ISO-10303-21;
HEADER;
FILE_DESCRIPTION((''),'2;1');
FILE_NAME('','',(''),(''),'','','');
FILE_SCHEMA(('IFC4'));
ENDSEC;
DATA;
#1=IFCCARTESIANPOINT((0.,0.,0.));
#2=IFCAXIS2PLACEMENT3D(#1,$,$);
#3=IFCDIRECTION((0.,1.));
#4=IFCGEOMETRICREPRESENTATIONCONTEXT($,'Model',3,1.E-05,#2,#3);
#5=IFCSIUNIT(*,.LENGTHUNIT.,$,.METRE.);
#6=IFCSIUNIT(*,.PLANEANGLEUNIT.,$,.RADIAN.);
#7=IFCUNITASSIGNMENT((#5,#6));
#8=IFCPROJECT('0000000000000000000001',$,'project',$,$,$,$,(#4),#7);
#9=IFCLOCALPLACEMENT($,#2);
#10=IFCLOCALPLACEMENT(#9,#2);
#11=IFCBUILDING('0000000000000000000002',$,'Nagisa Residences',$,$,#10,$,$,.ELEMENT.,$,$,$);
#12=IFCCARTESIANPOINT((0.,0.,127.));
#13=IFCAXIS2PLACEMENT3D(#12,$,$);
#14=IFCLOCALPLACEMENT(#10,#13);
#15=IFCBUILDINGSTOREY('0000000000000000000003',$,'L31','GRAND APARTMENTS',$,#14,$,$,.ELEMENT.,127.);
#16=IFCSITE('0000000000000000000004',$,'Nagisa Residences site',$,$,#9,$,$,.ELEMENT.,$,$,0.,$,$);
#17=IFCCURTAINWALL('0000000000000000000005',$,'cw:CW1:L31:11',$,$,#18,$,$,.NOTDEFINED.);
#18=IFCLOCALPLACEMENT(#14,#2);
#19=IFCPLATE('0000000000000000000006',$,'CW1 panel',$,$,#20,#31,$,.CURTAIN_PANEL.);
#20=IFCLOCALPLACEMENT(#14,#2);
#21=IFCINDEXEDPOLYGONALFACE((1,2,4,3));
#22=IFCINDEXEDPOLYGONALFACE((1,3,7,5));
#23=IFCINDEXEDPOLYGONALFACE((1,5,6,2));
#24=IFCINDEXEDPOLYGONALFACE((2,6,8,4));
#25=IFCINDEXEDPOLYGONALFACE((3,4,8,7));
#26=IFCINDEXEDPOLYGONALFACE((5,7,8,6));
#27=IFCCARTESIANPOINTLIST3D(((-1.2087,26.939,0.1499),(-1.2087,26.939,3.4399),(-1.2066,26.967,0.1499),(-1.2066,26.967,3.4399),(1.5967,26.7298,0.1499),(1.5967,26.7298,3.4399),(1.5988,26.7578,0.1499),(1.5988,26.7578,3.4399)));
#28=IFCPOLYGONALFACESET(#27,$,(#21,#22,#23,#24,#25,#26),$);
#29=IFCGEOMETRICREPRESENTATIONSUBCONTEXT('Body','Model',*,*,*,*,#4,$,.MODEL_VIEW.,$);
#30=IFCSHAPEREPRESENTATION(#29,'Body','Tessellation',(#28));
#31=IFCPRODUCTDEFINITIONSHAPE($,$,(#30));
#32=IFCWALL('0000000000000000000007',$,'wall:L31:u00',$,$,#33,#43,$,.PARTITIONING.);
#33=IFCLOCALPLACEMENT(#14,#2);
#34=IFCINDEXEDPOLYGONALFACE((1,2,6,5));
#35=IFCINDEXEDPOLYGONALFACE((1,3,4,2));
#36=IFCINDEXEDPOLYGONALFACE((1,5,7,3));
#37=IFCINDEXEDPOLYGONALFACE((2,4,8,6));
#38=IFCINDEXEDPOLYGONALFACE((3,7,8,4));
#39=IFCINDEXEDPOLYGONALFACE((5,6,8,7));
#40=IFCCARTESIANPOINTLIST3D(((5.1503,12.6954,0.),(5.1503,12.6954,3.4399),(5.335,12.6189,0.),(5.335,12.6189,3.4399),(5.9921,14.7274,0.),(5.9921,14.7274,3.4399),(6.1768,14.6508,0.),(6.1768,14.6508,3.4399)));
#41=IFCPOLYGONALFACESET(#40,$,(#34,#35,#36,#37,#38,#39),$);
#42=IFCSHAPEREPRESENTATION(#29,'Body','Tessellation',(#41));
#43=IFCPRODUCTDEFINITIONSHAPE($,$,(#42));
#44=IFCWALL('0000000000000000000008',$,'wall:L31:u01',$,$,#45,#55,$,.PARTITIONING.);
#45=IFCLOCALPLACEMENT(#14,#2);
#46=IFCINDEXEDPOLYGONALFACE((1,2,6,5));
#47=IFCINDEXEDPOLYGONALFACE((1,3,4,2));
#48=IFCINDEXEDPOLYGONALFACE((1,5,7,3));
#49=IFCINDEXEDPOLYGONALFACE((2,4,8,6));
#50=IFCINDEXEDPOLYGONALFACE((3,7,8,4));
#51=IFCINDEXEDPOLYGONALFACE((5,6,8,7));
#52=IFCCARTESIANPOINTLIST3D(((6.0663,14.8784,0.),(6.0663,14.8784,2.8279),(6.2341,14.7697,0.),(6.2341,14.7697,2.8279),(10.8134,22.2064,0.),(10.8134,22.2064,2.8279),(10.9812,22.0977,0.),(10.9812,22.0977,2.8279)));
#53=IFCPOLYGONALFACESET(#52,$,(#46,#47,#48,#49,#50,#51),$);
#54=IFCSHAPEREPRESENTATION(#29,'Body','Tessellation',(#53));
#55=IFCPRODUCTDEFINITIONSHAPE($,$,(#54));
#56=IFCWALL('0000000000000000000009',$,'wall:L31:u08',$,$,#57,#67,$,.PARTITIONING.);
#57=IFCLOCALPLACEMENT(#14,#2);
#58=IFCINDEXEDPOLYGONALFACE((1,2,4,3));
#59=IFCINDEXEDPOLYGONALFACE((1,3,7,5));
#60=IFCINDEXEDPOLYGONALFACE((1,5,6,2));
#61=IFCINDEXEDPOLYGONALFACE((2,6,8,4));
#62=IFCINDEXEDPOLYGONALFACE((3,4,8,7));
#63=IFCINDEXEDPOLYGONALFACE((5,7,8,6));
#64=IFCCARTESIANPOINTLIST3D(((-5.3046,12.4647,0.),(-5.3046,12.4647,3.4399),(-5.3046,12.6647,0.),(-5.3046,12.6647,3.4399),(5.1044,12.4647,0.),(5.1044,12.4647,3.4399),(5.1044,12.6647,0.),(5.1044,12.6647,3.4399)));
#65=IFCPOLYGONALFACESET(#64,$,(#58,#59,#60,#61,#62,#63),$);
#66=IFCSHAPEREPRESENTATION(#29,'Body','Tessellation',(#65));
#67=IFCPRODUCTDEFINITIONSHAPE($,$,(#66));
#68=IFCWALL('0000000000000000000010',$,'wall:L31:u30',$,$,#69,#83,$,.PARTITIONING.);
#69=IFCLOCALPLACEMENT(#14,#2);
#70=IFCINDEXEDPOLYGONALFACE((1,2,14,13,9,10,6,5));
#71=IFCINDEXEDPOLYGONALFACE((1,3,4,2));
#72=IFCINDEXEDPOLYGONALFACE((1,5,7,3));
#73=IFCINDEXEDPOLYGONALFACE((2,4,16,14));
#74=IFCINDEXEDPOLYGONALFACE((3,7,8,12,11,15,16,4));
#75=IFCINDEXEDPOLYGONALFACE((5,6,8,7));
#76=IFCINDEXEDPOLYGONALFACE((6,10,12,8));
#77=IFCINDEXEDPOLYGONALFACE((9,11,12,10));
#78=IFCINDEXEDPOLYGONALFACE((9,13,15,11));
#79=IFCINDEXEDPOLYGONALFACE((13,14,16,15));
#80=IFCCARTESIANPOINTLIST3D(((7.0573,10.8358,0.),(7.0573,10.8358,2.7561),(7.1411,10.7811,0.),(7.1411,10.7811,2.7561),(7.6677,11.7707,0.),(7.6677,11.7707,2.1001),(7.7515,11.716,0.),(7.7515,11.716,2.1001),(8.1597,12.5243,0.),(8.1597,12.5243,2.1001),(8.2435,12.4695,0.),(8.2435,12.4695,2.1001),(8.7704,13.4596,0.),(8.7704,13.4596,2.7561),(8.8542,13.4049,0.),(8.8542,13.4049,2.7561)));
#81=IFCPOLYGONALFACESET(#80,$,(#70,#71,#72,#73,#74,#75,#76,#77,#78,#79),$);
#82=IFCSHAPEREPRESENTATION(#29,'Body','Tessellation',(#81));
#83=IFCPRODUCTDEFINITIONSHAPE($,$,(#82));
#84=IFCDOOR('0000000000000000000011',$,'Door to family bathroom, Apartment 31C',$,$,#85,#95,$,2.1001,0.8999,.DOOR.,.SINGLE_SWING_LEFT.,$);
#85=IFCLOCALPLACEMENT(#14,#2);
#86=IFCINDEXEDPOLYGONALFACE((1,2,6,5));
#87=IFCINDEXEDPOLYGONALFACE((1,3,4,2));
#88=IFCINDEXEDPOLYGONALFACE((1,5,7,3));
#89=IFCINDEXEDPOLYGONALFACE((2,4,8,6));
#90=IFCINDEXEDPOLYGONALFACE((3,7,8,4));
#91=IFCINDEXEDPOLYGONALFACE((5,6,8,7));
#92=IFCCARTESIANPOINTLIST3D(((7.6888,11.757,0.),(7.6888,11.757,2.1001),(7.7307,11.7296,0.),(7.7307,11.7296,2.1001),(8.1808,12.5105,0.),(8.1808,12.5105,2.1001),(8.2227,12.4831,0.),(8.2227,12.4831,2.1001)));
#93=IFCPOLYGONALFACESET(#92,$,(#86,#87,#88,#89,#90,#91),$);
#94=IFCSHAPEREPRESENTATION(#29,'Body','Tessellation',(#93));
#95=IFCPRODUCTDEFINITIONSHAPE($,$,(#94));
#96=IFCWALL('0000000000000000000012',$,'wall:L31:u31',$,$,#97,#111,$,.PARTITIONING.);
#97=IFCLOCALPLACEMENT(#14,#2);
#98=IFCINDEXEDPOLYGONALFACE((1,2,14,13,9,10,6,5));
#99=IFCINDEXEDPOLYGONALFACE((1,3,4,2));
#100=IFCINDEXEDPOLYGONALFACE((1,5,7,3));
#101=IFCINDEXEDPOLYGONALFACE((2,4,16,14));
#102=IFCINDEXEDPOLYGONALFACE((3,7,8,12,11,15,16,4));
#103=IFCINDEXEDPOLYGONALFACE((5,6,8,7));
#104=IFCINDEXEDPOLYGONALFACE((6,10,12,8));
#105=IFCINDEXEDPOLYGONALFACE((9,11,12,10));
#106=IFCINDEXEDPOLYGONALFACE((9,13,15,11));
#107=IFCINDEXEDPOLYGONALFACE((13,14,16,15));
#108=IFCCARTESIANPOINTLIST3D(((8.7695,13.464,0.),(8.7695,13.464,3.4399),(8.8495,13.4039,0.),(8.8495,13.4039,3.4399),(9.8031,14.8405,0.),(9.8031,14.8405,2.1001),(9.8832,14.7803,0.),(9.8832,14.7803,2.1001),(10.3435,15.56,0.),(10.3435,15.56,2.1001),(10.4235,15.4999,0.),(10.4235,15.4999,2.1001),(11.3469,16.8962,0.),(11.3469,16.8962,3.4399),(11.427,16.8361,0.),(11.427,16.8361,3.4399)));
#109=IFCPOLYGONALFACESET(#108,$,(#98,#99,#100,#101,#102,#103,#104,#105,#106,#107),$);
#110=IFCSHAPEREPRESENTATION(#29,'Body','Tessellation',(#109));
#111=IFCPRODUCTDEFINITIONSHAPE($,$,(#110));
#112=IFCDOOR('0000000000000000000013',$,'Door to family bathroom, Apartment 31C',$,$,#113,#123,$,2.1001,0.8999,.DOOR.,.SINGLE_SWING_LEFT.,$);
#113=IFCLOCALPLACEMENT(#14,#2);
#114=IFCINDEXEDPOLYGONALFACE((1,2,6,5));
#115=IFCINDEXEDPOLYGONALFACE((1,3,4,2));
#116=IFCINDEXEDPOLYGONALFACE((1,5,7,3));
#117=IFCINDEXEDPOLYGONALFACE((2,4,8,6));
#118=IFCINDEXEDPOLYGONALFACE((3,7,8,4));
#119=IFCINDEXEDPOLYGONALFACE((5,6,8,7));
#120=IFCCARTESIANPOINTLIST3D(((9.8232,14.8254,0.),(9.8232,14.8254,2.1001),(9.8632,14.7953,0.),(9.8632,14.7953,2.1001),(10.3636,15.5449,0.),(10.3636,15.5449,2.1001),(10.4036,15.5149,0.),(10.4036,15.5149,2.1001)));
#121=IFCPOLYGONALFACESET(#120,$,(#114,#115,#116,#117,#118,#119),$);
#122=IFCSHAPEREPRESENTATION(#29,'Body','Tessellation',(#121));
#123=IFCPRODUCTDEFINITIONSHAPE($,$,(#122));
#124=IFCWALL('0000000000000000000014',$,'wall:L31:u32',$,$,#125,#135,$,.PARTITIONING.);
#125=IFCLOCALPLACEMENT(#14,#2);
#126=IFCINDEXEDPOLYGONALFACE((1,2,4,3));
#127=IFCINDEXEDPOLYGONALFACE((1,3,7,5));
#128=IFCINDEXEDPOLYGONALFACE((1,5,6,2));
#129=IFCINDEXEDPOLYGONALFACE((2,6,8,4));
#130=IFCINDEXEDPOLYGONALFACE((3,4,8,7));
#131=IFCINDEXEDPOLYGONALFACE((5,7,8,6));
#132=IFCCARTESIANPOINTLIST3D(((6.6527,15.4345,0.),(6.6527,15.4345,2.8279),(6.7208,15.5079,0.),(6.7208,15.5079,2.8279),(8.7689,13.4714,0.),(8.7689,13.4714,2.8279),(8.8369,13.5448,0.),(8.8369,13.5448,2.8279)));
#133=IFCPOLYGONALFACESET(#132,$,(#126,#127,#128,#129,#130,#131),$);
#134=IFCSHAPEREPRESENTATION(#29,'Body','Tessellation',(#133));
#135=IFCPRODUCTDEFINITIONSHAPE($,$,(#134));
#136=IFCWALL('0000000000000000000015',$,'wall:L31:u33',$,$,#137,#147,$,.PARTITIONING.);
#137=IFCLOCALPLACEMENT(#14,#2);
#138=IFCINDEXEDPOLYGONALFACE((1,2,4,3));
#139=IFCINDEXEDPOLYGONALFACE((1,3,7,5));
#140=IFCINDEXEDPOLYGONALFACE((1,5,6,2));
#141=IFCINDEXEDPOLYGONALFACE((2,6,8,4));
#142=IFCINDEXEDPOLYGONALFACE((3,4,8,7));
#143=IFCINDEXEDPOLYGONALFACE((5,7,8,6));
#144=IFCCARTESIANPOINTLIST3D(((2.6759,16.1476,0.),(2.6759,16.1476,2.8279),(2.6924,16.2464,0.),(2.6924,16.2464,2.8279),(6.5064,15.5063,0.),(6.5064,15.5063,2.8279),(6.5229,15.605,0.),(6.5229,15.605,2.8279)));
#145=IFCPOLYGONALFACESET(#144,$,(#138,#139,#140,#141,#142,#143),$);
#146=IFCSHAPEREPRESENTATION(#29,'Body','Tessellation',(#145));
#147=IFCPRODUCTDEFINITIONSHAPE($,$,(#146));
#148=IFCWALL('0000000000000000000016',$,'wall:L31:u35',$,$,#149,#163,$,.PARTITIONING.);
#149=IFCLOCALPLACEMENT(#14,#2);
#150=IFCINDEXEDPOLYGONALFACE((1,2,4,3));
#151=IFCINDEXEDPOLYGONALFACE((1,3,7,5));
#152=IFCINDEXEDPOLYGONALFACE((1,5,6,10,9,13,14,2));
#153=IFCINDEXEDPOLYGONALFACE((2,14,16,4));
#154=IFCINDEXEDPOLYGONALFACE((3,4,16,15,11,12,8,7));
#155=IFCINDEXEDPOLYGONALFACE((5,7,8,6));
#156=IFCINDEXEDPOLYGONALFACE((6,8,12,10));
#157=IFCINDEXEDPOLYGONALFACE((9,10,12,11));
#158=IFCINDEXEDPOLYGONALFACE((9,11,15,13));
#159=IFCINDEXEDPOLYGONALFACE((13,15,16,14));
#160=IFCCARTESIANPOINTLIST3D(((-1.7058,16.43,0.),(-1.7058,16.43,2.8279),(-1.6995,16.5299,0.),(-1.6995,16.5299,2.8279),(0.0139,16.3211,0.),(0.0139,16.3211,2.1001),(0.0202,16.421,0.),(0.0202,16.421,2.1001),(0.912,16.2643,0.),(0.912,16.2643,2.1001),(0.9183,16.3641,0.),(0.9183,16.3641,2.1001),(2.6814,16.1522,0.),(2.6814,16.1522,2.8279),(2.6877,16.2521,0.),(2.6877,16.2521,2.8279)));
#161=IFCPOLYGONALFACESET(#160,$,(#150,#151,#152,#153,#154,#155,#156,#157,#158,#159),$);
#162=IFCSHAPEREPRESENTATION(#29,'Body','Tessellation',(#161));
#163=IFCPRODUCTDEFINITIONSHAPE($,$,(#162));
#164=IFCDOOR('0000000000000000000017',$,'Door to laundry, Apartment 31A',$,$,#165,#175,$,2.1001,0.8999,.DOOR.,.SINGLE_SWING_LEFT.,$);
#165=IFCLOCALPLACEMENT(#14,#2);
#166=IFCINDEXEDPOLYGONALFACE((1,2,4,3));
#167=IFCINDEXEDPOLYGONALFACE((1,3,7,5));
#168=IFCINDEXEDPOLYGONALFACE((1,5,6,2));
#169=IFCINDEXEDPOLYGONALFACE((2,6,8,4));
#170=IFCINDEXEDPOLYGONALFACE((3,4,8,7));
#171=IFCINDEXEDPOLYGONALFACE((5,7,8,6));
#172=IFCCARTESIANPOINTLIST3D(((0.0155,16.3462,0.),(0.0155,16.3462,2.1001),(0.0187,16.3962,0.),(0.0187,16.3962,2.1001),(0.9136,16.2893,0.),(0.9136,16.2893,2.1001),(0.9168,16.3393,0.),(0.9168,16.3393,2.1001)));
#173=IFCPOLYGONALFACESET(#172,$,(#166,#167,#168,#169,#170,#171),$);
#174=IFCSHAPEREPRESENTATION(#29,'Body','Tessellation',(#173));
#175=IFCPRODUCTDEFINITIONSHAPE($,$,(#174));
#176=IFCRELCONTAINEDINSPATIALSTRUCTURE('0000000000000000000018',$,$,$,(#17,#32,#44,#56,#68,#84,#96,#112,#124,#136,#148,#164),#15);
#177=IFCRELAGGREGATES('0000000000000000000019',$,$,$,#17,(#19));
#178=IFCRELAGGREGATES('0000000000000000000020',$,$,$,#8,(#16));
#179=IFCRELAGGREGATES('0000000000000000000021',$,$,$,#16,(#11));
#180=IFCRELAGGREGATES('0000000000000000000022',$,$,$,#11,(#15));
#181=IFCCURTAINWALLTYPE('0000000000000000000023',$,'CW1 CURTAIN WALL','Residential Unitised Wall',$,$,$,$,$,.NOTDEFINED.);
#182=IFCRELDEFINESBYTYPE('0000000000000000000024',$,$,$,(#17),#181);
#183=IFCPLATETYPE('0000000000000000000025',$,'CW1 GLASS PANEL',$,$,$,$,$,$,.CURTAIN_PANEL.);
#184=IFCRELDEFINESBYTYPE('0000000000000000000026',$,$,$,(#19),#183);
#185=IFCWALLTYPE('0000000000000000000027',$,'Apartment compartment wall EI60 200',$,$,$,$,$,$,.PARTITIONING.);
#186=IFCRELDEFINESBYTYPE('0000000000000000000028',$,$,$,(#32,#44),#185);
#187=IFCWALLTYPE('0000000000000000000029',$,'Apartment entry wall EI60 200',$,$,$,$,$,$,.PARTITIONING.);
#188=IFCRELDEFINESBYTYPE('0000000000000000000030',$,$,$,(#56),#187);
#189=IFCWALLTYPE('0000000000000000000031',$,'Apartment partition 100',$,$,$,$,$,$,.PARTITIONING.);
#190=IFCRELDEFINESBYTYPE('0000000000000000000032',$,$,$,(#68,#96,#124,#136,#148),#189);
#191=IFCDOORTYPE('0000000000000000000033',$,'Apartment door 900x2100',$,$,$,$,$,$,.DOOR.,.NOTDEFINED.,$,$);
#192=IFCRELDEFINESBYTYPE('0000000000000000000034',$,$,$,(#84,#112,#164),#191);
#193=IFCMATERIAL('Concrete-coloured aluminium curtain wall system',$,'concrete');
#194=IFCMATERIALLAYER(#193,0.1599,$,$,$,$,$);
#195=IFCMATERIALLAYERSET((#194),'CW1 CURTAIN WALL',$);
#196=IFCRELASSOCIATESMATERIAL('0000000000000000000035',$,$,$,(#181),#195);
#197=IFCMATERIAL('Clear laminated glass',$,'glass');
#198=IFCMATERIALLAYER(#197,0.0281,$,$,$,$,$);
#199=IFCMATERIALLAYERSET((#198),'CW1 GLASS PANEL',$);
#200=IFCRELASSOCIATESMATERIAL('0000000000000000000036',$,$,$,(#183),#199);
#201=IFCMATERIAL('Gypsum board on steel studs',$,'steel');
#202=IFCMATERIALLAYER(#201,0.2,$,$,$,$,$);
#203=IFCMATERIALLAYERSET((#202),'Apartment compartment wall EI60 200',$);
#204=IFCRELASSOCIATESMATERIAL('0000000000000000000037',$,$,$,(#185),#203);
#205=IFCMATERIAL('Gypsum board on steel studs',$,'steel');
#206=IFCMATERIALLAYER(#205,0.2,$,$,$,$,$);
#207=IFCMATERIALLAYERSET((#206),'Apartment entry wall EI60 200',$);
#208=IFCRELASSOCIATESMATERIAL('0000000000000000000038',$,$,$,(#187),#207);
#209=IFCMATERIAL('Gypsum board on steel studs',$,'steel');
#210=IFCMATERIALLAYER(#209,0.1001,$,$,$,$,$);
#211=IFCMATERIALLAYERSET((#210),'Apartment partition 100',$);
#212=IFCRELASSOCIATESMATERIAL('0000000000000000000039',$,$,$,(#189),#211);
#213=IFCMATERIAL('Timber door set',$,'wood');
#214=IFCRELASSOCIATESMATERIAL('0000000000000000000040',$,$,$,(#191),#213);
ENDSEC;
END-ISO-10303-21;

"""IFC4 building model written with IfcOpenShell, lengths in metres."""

from ifc_helpers import new_model, si_unit, direction, frame, frame_2d, origin, origin_2d, place, context, subcontext, project, spatial, rectangle, extrude, material, layer, layer_set, type_object, element, fill, aggregate, save


model = new_model("IFC4")

# Units and contexts
model_context = context("Model", 3, precision=1e-05, world=origin(), true_north=direction((0.0, 1.0)))
body_context = subcontext(model_context, "Body", "Model", "MODEL_VIEW")
ifc_project = project(units=[si_unit("LENGTHUNIT", "METRE"), si_unit("PLANEANGLEUNIT", "RADIAN")], contexts=[model_context])

# Site, building, storey
site_placement = place(None, origin())
site = spatial("IfcSite", under=ifc_project, at=site_placement, Name="Nagisa Residences site", CompositionType="ELEMENT", RefElevation=0.0)
building_placement = place(site_placement, origin())
building = spatial("IfcBuilding", under=site, at=building_placement, Name="Nagisa Residences", CompositionType="ELEMENT")
storey_placement = place(building_placement, frame((0.0, 0.0, 127.0)))
storey = spatial("IfcBuildingStorey", under=building, at=storey_placement, Name="L31", Description="GRAND APARTMENTS", CompositionType="ELEMENT", Elevation=127.0)

# Curtain wall
ifc_material_1 = material(Name="Concrete-coloured aluminium curtain wall system", Category="concrete")
ifc_layer_1 = layer(ifc_material_1, 0.1599)
ifc_layer_set_1 = layer_set([ifc_layer_1], Name="CW1 CURTAIN WALL")
curtain_wall_type = type_object("IfcCurtainWallType", Name="CW1 CURTAIN WALL", Description="Residential Unitised Wall", PredefinedType="NOTDEFINED", material=ifc_layer_set_1)
curtain_wall_1_placement = place(storey_placement, origin())
curtain_wall_1 = element("IfcCurtainWall", 1, at=curtain_wall_1_placement, inside=storey, type_object=curtain_wall_type, Name="cw:CW1:L31:11", PredefinedType="NOTDEFINED")

# Plate
ifc_material_2 = material(Name="Clear laminated glass", Category="glass")
ifc_layer_2 = layer(ifc_material_2, 0.0281)
ifc_layer_set_2 = layer_set([ifc_layer_2], Name="CW1 GLASS PANEL")
plate_type = type_object("IfcPlateType", Name="CW1 GLASS PANEL", PredefinedType="CURTAIN_PANEL", material=ifc_layer_set_2)
plate_1_placement = place(storey_placement, frame((0.1951, 26.8484, 0.1499), z_axis=(0.0, 0.0, 1.0), x_axis=(-0.99723, 0.074377, 0.0)))
plate_1 = element("IfcPlate", 2, at=plate_1_placement, type_object=plate_type, Name="CW1 panel", PredefinedType="CURTAIN_PANEL", context=body_context, shape_type="SweptSolid", body=[
    extrude(rectangle(XDim=2.8132, YDim=0.0281, at=origin_2d()), origin(), (0.0, 0.0, 1.0), 3.29),
])
aggregate(curtain_wall_1, [plate_1])

# Walls
ifc_material_3 = material(Name="Gypsum board on steel studs", Category="steel")
ifc_layer_3 = layer(ifc_material_3, 0.2)
ifc_layer_set_3 = layer_set([ifc_layer_3], Name="Apartment compartment wall EI60 200")
wall_type_1 = type_object("IfcWallType", Name="Apartment compartment wall EI60 200", PredefinedType="PARTITIONING", material=ifc_layer_set_3)
wall_1_placement = place(storey_placement, frame((5.2427, 12.6572, 0.0), z_axis=(0.0, 0.0, 1.0), x_axis=(0.382731, 0.92386, 0.0)))
element("IfcWall", 3, at=wall_1_placement, inside=storey, type_object=wall_type_1, Name="wall:L31:u00", PredefinedType="PARTITIONING", context=body_context, shape_type="SweptSolid", body=[
    extrude(rectangle(XDim=2.1995, YDim=0.2, at=frame_2d((1.0996, 0.0))), origin(), (0.0, 0.0, 1.0), 3.4399),
])
wall_2_placement = place(storey_placement, frame((6.1501, 14.824, 0.0), z_axis=(0.0, 0.0, 1.0), x_axis=(0.543695, 0.839283, 0.0)))
element("IfcWall", 4, at=wall_2_placement, inside=storey, type_object=wall_type_1, Name="wall:L31:u01", PredefinedType="PARTITIONING", context=body_context, shape_type="SweptSolid", body=[
    extrude(rectangle(XDim=8.7312, YDim=0.2, at=frame_2d((4.3657, 0.0))), origin(), (0.0, 0.0, 1.0), 2.8279),
])
ifc_material_4 = material(Name="Gypsum board on steel studs", Category="steel")
ifc_layer_4 = layer(ifc_material_4, 0.2)
ifc_layer_set_4 = layer_set([ifc_layer_4], Name="Apartment entry wall EI60 200")
wall_type_2 = type_object("IfcWallType", Name="Apartment entry wall EI60 200", PredefinedType="PARTITIONING", material=ifc_layer_set_4)
wall_3_placement = place(storey_placement, frame((5.1045, 12.5647, 0.0), z_axis=(0.0, 0.0, 1.0), x_axis=(-1.0, 0.0, 0.0)))
element("IfcWall", 5, at=wall_3_placement, inside=storey, type_object=wall_type_2, Name="wall:L31:u08", PredefinedType="PARTITIONING", context=body_context, shape_type="SweptSolid", body=[
    extrude(rectangle(XDim=10.4089, YDim=0.2, at=frame_2d((5.2046, 0.0))), origin(), (0.0, 0.0, 1.0), 3.4399),
])

# Walls, openings, doors
ifc_material_5 = material(Name="Gypsum board on steel studs", Category="steel")
ifc_layer_5 = layer(ifc_material_5, 0.1001)
ifc_layer_set_5 = layer_set([ifc_layer_5], Name="Apartment partition 100")
wall_type_3 = type_object("IfcWallType", Name="Apartment partition 100", PredefinedType="PARTITIONING", material=ifc_layer_set_5)
wall_4_placement = place(storey_placement, frame((7.0991, 10.8083, 0.0), z_axis=(0.0, 0.0, 1.0), x_axis=(0.54671, 0.837322, 0.0)))
wall_4 = element("IfcWall", 6, at=wall_4_placement, inside=storey, type_object=wall_type_3, Name="wall:L31:u30", PredefinedType="PARTITIONING", context=body_context, shape_type="SweptSolid", body=[
    extrude(rectangle(XDim=3.1335, YDim=0.1001, at=frame_2d((1.5669, 0.0))), origin(), (0.0, 0.0, 1.0), 2.7561),
])
opening_1_placement = place(wall_4_placement, frame((1.1167, 0.0, 0.0)))
opening_1 = element("IfcOpeningElement", 7, at=opening_1_placement, cuts=wall_4, PredefinedType="OPENING", context=body_context, shape_type="SweptSolid", body=[
    extrude(rectangle(XDim=0.8999, YDim=2.1001, at=frame_2d((0.45, 1.05))), frame((0.0, 0.0601, 0.0), z_axis=(0.0, -1.0, 0.0), x_axis=(1.0, 0.0, 0.0)), (0.0, 0.0, 1.0), 0.1201),
])
ifc_material_6 = material(Name="Timber door set", Category="wood")
door_type_1 = type_object("IfcDoorType", Name="Apartment door 900x2100", OperationType="NOTDEFINED", PredefinedType="DOOR", material=ifc_material_6)
door_1_placement = place(opening_1_placement, origin())
door_1 = element("IfcDoor", 8, at=door_1_placement, inside=storey, type_object=door_type_1, Name="Door to family bathroom, Apartment 31C", OperationType="SINGLE_SWING_LEFT", OverallHeight=2.1001, OverallWidth=0.8999, PredefinedType="DOOR", context=body_context, shape_type="SweptSolid", body=[
    extrude(rectangle(XDim=0.8999, YDim=2.1001, at=frame_2d((0.45, 1.05))), frame((0.0, 0.0249, 0.0), z_axis=(0.0, -1.0, 0.0), x_axis=(1.0, 0.0, 0.0)), (0.0, 0.0, 1.0), 0.05),
])
fill(opening_1, door_1)
wall_5_placement = place(storey_placement, frame((8.8096, 13.4341, 0.0), z_axis=(0.0, 0.0, 1.0), x_axis=(0.600491, 0.799631, 0.0)))
wall_5 = element("IfcWall", 9, at=wall_5_placement, inside=storey, type_object=wall_type_3, Name="wall:L31:u31", PredefinedType="PARTITIONING", context=body_context, shape_type="SweptSolid", body=[
    extrude(rectangle(XDim=4.2922, YDim=0.1001, at=frame_2d((2.146, 0.0))), origin(), (0.0, 0.0, 1.0), 3.4399),
])
opening_2_placement = place(wall_5_placement, frame((1.7212, 0.0, 0.0)))
opening_2 = element("IfcOpeningElement", 10, at=opening_2_placement, cuts=wall_5, PredefinedType="OPENING", context=body_context, shape_type="SweptSolid", body=[
    extrude(rectangle(XDim=0.8999, YDim=2.1001, at=frame_2d((0.45, 1.05))), frame((0.0, 0.0601, 0.0), z_axis=(0.0, -1.0, 0.0), x_axis=(1.0, 0.0, 0.0)), (0.0, 0.0, 1.0), 0.1201),
])
door_2_placement = place(opening_2_placement, origin())
door_2 = element("IfcDoor", 11, at=door_2_placement, inside=storey, type_object=door_type_1, Name="Door to family bathroom, Apartment 31C", OperationType="SINGLE_SWING_LEFT", OverallHeight=2.1001, OverallWidth=0.8999, PredefinedType="DOOR", context=body_context, shape_type="SweptSolid", body=[
    extrude(rectangle(XDim=0.8999, YDim=2.1001, at=frame_2d((0.45, 1.05))), frame((0.0, 0.0249, 0.0), z_axis=(0.0, -1.0, 0.0), x_axis=(1.0, 0.0, 0.0)), (0.0, 0.0, 1.0), 0.05),
])
fill(opening_2, door_2)

# Walls
wall_6_placement = place(storey_placement, frame((8.803, 13.5081, 0.0), z_axis=(0.0, 0.0, 1.0), x_axis=(-0.733125, 0.680094, 0.0)))
element("IfcWall", 12, at=wall_6_placement, inside=storey, type_object=wall_type_3, Name="wall:L31:u32", PredefinedType="PARTITIONING", context=body_context, shape_type="SweptSolid", body=[
    extrude(rectangle(XDim=2.8865, YDim=0.1001, at=frame_2d((1.4434, 0.0))), origin(), (0.0, 0.0, 1.0), 2.8279),
])
wall_7_placement = place(storey_placement, frame((6.5146, 15.5557, 0.0), z_axis=(0.0, 0.0, 1.0), x_axis=(-0.986271, 0.165133, 0.0)))
element("IfcWall", 13, at=wall_7_placement, inside=storey, type_object=wall_type_3, Name="wall:L31:u33", PredefinedType="PARTITIONING", context=body_context, shape_type="SweptSolid", body=[
    extrude(rectangle(XDim=3.8838, YDim=0.1001, at=frame_2d((1.9419, 0.0))), origin(), (0.0, 0.0, 1.0), 2.8279),
])

# Wall, opening, door
wall_8_placement = place(storey_placement, frame((2.6846, 16.2021, 0.0), z_axis=(0.0, 0.0, 1.0), x_axis=(-0.998001, 0.063201, 0.0)))
wall_8 = element("IfcWall", 14, at=wall_8_placement, inside=storey, type_object=wall_type_3, Name="wall:L31:u35", PredefinedType="PARTITIONING", context=body_context, shape_type="SweptSolid", body=[
    extrude(rectangle(XDim=4.396, YDim=0.1001, at=frame_2d((2.198, 0.0))), origin(), (0.0, 0.0, 1.0), 2.8279),
])
opening_3_placement = place(wall_8_placement, frame((1.7729, 0.0, 0.0)))
opening_3 = element("IfcOpeningElement", 15, at=opening_3_placement, cuts=wall_8, PredefinedType="OPENING", context=body_context, shape_type="SweptSolid", body=[
    extrude(rectangle(XDim=0.8999, YDim=2.1001, at=frame_2d((0.45, 1.05))), frame((0.0, 0.0601, 0.0), z_axis=(0.0, -1.0, 0.0), x_axis=(1.0, 0.0, 0.0)), (0.0, 0.0, 1.0), 0.1201),
])
door_3_placement = place(opening_3_placement, origin())
door_3 = element("IfcDoor", 16, at=door_3_placement, inside=storey, type_object=door_type_1, Name="Door to laundry, Apartment 31A", OperationType="SINGLE_SWING_LEFT", OverallHeight=2.1001, OverallWidth=0.8999, PredefinedType="DOOR", context=body_context, shape_type="SweptSolid", body=[
    extrude(rectangle(XDim=0.8999, YDim=2.1001, at=frame_2d((0.45, 1.05))), frame((0.0, 0.0249, 0.0), z_axis=(0.0, -1.0, 0.0), x_axis=(1.0, 0.0, 0.0)), (0.0, 0.0, 1.0), 0.05),
])
fill(opening_3, door_3)

save(model, "model.ifc")
